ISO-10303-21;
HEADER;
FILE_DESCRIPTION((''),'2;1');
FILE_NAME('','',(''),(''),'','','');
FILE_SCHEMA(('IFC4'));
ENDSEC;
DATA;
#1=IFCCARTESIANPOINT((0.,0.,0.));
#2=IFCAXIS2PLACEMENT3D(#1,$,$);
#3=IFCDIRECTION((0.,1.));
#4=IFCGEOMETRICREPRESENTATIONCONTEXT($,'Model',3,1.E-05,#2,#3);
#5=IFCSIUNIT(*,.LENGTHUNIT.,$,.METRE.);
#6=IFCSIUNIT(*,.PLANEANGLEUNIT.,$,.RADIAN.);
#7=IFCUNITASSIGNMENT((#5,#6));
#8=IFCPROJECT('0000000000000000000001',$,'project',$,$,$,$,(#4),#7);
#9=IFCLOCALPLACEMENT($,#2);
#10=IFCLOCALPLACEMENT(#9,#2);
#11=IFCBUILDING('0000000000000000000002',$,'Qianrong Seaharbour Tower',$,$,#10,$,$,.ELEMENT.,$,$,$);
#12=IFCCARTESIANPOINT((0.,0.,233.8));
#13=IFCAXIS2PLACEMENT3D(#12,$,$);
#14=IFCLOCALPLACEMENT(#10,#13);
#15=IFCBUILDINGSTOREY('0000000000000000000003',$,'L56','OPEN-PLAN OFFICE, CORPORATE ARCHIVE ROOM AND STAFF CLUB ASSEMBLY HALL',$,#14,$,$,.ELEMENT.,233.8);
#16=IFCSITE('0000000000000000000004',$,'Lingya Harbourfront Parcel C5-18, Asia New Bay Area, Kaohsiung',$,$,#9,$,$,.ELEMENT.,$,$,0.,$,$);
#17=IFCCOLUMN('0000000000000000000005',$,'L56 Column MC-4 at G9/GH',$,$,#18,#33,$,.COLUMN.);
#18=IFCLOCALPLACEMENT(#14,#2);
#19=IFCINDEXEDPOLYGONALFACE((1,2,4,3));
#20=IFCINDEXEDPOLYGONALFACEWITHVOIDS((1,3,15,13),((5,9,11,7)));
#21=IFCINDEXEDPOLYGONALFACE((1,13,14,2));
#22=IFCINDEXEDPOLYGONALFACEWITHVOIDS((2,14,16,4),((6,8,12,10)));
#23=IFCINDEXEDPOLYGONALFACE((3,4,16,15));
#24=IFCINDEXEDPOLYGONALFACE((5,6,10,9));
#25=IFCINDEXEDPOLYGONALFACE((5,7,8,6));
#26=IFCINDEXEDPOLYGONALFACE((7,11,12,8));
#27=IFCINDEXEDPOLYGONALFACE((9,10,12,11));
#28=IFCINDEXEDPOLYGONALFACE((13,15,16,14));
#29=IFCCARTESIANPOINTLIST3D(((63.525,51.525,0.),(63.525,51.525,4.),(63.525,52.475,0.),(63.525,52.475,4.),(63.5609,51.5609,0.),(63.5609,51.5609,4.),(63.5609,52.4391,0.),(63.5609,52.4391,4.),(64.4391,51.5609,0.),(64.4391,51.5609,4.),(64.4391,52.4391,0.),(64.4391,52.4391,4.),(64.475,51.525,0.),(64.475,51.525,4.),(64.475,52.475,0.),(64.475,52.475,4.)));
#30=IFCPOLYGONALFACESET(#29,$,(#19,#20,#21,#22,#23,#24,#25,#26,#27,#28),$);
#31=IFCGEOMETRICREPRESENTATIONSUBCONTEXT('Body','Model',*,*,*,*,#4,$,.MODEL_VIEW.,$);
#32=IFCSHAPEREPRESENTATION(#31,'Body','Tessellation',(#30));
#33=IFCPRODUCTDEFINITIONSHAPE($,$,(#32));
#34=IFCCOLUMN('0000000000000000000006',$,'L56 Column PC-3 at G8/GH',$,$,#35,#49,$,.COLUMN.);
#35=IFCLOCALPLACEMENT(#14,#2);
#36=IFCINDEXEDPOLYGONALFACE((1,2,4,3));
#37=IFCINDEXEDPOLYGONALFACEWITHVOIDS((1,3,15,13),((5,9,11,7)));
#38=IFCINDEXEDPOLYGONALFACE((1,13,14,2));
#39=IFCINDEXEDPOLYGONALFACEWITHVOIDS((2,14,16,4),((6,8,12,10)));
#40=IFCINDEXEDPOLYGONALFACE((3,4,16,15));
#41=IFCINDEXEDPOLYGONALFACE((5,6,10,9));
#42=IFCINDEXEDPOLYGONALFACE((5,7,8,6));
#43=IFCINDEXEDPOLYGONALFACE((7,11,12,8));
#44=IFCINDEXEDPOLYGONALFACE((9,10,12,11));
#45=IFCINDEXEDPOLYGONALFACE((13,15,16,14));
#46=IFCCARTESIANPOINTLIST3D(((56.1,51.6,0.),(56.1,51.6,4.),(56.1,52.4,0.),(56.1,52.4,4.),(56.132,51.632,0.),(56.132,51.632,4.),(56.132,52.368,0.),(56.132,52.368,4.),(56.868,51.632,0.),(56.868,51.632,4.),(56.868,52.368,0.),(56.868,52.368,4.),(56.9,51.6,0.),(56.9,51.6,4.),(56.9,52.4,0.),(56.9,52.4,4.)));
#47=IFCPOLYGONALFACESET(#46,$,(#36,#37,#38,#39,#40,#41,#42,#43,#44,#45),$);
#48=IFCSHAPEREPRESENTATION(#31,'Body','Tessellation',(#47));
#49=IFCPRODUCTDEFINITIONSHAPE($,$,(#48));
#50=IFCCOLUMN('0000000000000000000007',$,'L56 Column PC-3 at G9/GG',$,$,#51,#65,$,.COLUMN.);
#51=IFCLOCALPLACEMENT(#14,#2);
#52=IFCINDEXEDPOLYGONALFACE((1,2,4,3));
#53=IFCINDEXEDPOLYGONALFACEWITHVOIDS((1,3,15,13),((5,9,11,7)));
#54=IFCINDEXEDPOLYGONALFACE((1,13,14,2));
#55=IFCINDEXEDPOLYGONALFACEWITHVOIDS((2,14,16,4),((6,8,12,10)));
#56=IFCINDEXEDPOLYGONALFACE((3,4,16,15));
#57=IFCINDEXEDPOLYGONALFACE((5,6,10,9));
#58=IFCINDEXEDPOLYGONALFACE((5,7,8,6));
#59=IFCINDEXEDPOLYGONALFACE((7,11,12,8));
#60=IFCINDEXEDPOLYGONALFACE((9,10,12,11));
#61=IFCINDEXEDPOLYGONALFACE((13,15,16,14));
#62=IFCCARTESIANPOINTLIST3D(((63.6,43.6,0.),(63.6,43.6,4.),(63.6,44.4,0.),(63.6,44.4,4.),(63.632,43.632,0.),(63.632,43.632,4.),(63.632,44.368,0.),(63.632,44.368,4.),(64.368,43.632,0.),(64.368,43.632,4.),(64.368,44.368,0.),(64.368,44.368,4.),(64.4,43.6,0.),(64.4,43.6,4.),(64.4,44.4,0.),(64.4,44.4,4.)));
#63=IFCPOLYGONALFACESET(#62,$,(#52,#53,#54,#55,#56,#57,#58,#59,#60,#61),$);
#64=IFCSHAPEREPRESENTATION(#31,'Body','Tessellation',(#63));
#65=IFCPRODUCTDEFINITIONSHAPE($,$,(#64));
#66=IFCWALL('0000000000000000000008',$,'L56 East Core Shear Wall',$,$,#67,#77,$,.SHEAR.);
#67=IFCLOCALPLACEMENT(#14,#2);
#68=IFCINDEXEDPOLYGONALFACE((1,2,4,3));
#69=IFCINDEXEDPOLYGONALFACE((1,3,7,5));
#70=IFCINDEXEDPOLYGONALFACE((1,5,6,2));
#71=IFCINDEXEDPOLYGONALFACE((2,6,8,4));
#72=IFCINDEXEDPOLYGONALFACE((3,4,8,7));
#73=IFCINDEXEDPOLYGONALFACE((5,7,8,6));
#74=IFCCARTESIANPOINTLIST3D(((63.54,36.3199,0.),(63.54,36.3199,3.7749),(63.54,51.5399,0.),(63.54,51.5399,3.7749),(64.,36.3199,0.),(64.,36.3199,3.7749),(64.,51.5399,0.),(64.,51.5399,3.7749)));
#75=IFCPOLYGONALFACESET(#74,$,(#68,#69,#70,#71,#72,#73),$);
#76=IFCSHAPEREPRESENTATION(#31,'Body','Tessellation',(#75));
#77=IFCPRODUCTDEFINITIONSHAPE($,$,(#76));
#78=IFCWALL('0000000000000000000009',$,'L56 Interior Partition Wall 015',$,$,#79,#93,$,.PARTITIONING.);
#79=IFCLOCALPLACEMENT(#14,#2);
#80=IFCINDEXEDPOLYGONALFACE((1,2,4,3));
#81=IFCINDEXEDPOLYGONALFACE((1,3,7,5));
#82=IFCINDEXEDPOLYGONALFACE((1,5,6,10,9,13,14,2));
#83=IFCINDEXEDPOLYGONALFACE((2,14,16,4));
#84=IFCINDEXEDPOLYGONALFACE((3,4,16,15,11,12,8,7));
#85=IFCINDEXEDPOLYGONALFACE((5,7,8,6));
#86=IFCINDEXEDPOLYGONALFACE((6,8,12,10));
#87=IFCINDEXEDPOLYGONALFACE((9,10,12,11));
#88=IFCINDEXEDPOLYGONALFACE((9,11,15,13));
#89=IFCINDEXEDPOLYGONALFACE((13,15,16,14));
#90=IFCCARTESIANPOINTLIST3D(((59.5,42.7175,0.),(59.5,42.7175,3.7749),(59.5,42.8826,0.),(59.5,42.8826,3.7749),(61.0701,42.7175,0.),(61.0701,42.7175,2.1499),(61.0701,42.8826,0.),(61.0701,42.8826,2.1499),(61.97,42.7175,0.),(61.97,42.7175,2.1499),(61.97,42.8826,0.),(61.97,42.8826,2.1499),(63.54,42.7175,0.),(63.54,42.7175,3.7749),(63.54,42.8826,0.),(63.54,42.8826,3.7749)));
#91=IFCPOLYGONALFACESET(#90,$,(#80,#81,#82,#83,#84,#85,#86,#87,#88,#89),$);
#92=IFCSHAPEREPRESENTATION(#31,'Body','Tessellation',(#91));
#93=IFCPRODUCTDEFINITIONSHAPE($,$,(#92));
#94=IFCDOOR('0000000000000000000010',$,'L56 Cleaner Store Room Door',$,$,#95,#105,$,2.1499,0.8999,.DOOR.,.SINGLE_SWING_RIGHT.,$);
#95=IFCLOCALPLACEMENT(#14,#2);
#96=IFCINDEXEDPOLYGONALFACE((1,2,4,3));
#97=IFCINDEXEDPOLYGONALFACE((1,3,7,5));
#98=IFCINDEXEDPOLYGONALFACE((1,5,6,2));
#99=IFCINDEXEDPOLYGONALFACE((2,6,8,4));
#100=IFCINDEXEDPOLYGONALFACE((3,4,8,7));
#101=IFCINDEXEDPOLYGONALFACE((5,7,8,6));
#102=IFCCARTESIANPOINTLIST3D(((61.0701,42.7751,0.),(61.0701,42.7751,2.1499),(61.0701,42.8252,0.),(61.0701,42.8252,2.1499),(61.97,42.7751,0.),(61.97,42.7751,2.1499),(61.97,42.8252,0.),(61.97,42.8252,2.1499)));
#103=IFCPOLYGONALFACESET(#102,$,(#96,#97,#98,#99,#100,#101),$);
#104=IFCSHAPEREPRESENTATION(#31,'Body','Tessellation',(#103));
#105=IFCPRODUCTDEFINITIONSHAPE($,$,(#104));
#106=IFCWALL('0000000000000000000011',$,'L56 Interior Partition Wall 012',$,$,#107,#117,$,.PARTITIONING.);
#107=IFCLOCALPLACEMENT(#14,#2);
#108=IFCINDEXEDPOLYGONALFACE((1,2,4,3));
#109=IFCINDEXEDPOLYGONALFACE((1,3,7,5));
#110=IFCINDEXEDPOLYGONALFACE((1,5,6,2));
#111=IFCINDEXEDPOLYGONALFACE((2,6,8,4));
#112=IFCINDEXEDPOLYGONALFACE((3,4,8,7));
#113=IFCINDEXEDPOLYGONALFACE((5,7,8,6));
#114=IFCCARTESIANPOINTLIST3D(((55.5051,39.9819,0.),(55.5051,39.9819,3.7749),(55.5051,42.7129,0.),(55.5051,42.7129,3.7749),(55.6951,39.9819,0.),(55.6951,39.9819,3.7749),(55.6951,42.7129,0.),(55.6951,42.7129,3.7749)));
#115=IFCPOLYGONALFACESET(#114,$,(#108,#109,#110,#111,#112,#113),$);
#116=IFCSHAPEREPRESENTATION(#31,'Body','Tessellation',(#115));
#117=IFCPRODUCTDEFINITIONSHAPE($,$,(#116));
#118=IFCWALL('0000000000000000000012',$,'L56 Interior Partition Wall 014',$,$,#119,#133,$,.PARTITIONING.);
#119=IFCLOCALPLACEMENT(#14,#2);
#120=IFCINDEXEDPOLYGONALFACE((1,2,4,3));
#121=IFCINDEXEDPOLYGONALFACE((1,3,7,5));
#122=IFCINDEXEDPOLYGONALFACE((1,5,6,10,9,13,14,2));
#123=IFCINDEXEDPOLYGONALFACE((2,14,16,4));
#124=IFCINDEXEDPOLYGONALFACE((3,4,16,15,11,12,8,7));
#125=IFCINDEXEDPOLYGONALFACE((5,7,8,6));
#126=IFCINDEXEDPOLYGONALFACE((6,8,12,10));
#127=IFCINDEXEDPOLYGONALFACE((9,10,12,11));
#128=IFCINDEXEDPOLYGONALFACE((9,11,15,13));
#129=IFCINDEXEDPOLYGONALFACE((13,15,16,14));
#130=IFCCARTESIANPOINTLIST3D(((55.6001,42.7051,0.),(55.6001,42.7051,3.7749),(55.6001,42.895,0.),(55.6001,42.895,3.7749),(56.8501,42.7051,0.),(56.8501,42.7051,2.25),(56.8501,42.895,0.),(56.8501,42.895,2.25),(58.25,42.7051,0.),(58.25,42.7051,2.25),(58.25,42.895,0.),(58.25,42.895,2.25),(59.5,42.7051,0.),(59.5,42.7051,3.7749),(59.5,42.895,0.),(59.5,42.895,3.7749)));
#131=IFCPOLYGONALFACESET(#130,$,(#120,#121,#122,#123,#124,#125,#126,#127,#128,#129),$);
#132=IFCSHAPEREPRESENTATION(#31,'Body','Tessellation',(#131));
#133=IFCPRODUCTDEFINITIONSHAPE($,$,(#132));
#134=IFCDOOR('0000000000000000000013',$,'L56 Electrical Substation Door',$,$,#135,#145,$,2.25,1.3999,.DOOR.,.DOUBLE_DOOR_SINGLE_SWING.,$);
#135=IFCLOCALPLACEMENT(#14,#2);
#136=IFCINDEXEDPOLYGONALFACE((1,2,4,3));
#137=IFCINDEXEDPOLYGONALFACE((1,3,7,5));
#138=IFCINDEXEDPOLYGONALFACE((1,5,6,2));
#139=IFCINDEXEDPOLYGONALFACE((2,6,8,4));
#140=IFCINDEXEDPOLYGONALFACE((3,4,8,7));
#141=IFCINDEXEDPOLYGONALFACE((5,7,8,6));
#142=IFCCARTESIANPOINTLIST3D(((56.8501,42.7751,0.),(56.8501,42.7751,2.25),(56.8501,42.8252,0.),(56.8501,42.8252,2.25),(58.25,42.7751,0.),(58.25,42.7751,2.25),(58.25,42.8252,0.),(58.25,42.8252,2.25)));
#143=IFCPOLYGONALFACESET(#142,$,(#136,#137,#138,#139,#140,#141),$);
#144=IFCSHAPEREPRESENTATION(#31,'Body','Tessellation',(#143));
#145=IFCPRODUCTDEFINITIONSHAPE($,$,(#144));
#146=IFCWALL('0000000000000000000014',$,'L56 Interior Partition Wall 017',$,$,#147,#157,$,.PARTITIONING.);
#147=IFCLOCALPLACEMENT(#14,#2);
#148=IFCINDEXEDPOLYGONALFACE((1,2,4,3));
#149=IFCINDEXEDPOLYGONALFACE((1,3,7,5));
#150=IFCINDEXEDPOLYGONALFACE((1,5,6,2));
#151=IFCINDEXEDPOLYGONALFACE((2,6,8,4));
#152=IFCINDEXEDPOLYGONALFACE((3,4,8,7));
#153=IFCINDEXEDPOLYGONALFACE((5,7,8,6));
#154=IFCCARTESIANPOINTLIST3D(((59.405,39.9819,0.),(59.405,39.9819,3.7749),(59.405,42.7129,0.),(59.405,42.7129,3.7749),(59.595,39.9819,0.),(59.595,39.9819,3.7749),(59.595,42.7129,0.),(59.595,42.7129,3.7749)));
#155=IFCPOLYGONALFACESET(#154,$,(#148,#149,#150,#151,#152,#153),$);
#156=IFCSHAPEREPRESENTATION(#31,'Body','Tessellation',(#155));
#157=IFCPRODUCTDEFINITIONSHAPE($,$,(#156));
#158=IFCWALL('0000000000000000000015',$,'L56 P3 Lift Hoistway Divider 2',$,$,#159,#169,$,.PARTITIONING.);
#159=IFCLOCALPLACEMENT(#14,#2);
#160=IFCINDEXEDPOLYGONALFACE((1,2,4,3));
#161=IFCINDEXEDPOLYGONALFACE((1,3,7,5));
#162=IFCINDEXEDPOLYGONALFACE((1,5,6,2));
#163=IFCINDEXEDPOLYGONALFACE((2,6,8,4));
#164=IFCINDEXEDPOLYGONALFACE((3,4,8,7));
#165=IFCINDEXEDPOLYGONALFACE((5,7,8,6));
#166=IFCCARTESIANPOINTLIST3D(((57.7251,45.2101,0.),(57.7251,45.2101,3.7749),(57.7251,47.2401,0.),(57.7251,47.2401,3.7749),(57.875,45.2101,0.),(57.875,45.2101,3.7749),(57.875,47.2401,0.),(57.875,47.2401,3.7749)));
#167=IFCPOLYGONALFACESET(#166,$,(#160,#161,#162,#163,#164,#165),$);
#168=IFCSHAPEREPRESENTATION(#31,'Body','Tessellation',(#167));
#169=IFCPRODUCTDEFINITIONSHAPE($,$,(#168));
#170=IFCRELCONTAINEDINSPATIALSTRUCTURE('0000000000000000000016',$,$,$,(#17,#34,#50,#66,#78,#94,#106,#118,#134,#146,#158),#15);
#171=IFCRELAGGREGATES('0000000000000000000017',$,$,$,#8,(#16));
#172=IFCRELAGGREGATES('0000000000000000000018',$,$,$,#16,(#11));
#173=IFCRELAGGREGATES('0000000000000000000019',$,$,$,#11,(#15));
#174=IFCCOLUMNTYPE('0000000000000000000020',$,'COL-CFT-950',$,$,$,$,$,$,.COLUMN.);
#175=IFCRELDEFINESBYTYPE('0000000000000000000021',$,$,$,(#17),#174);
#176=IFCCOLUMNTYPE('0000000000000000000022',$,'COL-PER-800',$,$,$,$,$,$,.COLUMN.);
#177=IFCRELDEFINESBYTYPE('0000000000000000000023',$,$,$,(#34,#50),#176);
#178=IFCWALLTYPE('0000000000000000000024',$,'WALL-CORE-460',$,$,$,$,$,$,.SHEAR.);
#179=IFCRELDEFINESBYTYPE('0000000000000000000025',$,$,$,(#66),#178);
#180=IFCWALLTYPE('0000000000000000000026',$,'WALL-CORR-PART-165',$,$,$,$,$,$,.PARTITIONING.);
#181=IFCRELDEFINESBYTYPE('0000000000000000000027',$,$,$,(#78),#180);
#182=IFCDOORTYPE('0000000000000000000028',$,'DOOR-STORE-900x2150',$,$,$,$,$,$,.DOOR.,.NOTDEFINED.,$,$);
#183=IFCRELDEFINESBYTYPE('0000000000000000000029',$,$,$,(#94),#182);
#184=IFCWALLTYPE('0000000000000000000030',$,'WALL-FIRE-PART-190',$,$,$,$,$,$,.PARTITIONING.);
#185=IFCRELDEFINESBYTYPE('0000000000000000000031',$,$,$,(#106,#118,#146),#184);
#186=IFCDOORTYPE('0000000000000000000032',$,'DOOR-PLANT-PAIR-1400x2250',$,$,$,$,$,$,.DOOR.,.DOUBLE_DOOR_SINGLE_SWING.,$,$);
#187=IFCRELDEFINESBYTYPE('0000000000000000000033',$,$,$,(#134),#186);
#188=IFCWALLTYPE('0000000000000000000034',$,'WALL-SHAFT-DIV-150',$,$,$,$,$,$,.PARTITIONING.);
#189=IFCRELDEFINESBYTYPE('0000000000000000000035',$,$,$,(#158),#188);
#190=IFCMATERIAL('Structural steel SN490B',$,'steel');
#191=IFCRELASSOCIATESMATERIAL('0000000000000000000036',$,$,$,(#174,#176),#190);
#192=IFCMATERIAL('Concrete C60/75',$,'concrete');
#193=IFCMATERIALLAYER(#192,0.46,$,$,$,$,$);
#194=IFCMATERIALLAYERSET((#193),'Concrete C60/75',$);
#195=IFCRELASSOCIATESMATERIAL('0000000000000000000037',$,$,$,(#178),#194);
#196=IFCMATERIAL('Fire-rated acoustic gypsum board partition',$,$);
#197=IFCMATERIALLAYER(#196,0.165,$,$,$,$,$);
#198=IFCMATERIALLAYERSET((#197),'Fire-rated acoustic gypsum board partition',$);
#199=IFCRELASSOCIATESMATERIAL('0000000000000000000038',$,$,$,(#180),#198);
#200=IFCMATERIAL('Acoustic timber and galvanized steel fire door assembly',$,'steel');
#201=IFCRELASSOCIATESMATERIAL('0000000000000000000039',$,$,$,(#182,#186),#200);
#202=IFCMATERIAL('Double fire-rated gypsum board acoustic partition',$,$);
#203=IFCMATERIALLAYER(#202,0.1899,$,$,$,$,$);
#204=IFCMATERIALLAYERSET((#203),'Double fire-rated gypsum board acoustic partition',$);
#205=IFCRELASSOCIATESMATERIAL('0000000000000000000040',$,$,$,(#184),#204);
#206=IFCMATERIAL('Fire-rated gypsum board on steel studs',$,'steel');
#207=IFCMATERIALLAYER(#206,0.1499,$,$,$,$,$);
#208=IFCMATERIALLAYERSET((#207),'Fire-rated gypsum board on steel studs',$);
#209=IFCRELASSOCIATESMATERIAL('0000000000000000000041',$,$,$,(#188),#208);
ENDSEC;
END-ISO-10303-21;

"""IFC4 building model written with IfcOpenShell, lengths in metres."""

from ifc_helpers import new_model, si_unit, direction, frame, frame_2d, origin, origin_2d, place, context, subcontext, project, spatial, rectangle, hollow_rectangle, extrude, material, layer, layer_set, material_profile, profile_set, type_object, element, fill, save


model = new_model("IFC4")

# Units and contexts
model_context = context("Model", 3, precision=1e-05, world=origin(), true_north=direction((0.0, 1.0)))
body_context = subcontext(model_context, "Body", "Model", "MODEL_VIEW")
ifc_project = project(units=[si_unit("LENGTHUNIT", "METRE"), si_unit("PLANEANGLEUNIT", "RADIAN")], contexts=[model_context])

# Site, building, storey
site_placement = place(None, origin())
site = spatial("IfcSite", under=ifc_project, at=site_placement, Name="Lingya Harbourfront Parcel C5-18, Asia New Bay Area, Kaohsiung", CompositionType="ELEMENT", RefElevation=0.0)
building_placement = place(site_placement, origin())
building = spatial("IfcBuilding", under=site, at=building_placement, Name="Qianrong Seaharbour Tower", CompositionType="ELEMENT")
storey_placement = place(building_placement, frame((0.0, 0.0, 233.8)))
storey = spatial("IfcBuildingStorey", under=building, at=storey_placement, Name="L56", Description="OPEN-PLAN OFFICE, CORPORATE ARCHIVE ROOM AND STAFF CLUB ASSEMBLY HALL", CompositionType="ELEMENT", Elevation=233.8)

# Columns
ifc_material_1 = material(Name="Structural steel SN490B", Category="steel")
ifc_material_profile_1 = material_profile(ifc_material_1, hollow_rectangle(XDim=0.95, YDim=0.95, WallThickness=0.0359, at=origin_2d()), Name="BOX950x950x36")
ifc_profile_set_1 = profile_set([ifc_material_profile_1], Name="Structural steel SN490B")
column_type_1 = type_object("IfcColumnType", Name="COL-CFT-950", PredefinedType="COLUMN", material=ifc_profile_set_1)
column_placement = place(storey_placement, frame((64.0, 52.0, 0.0), z_axis=(0.0, 0.0, 1.0), x_axis=(1.0, 0.0, 0.0)))
element("IfcColumn", 1, at=column_placement, inside=storey, type_object=column_type_1, Name="L56 Column MC-4 at G9/GH", PredefinedType="COLUMN", context=body_context, shape_type="SweptSolid", body=[
    extrude(hollow_rectangle(XDim=0.95, YDim=0.95, WallThickness=0.0359, at=origin_2d()), origin(), (0.0, 0.0, 1.0), 4.0),
])
ifc_material_profile_2 = material_profile(ifc_material_1, hollow_rectangle(XDim=0.8, YDim=0.8, WallThickness=0.032, at=origin_2d()), Name="BOX800x800x32")
ifc_profile_set_2 = profile_set([ifc_material_profile_2], Name="Structural steel SN490B")
column_type_2 = type_object("IfcColumnType", Name="COL-PER-800", PredefinedType="COLUMN", material=ifc_profile_set_2)
for number, where, z_axis, x_axis, name in (
    (2, (56.5, 52.0, 0.0), (0.0, 0.0, 1.0), (1.0, 0.0, 0.0), "L56 Column PC-3 at G8/GH"),
    (3, (64.0, 44.0, 0.0), (0.0, 0.0, 1.0), (1.0, 0.0, 0.0), "L56 Column PC-3 at G9/GG"),
):
    element("IfcColumn", number, at=place(storey_placement, frame(where, z_axis=z_axis, x_axis=x_axis)), inside=storey, type_object=column_type_2, Name=name, PredefinedType="COLUMN", context=body_context, shape_type="SweptSolid", body=[
        extrude(hollow_rectangle(XDim=0.8, YDim=0.8, WallThickness=0.032, at=origin_2d()), origin(), (0.0, 0.0, 1.0), 4.0),
    ])

# Wall
ifc_material_2 = material(Name="Concrete C60/75", Category="concrete")
ifc_layer_1 = layer(ifc_material_2, 0.46)
ifc_layer_set_1 = layer_set([ifc_layer_1], Name="Concrete C60/75")
wall_type_1 = type_object("IfcWallType", Name="WALL-CORE-460", PredefinedType="SHEAR", material=ifc_layer_set_1)
wall_1_placement = place(storey_placement, frame((63.77, 36.3201, 0.0), z_axis=(0.0, 0.0, 1.0), x_axis=(0.0, 1.0, 0.0)))
element("IfcWall", 4, at=wall_1_placement, inside=storey, type_object=wall_type_1, Name="L56 East Core Shear Wall", PredefinedType="SHEAR", context=body_context, shape_type="SweptSolid", body=[
    extrude(rectangle(XDim=15.22, YDim=0.46, at=frame_2d((7.6099, 0.0))), origin(), (0.0, 0.0, 1.0), 3.7749),
])

# Wall, opening, door
ifc_material_3 = material(Name="Fire-rated acoustic gypsum board partition")
ifc_layer_2 = layer(ifc_material_3, 0.165)
ifc_layer_set_2 = layer_set([ifc_layer_2], Name="Fire-rated acoustic gypsum board partition")
wall_type_2 = type_object("IfcWallType", Name="WALL-CORR-PART-165", PredefinedType="PARTITIONING", material=ifc_layer_set_2)
wall_2_placement = place(storey_placement, frame((63.54, 42.8, 0.0), z_axis=(0.0, 0.0, 1.0), x_axis=(-1.0, 0.0, 0.0)))
wall_2 = element("IfcWall", 5, at=wall_2_placement, inside=storey, type_object=wall_type_2, Name="L56 Interior Partition Wall 015", PredefinedType="PARTITIONING", context=body_context, shape_type="SweptSolid", body=[
    extrude(rectangle(XDim=4.04, YDim=0.165, at=frame_2d((2.02, 0.0))), origin(), (0.0, 0.0, 1.0), 3.7749),
])
opening_1_placement = place(wall_2_placement, frame((1.5701, 0.0, 0.0)))
opening_1 = element("IfcOpeningElement", 6, at=opening_1_placement, cuts=wall_2, PredefinedType="OPENING", context=body_context, shape_type="SweptSolid", body=[
    extrude(rectangle(XDim=0.8999, YDim=2.1499, at=frame_2d((0.45, 1.075))), frame((0.0, 0.0925, 0.0), z_axis=(0.0, -1.0, 0.0), x_axis=(1.0, 0.0, 0.0)), (0.0, 0.0, 1.0), 0.1851),
])
ifc_material_4 = material(Name="Acoustic timber and galvanized steel fire door assembly", Category="steel")
door_type_1 = type_object("IfcDoorType", Name="DOOR-STORE-900x2150", OperationType="NOTDEFINED", PredefinedType="DOOR", material=ifc_material_4)
door_1_placement = place(opening_1_placement, origin())
door_1 = element("IfcDoor", 7, at=door_1_placement, inside=storey, type_object=door_type_1, Name="L56 Cleaner Store Room Door", OperationType="SINGLE_SWING_RIGHT", OverallHeight=2.1499, OverallWidth=0.8999, PredefinedType="DOOR", context=body_context, shape_type="SweptSolid", body=[
    extrude(rectangle(XDim=0.8999, YDim=2.1499, at=frame_2d((0.45, 1.075))), frame((0.0, 0.0249, 0.0), z_axis=(0.0, -1.0, 0.0), x_axis=(1.0, 0.0, 0.0)), (0.0, 0.0, 1.0), 0.05),
])
fill(opening_1, door_1)

# Wall
ifc_material_5 = material(Name="Double fire-rated gypsum board acoustic partition")
ifc_layer_3 = layer(ifc_material_5, 0.1899)
ifc_layer_set_3 = layer_set([ifc_layer_3], Name="Double fire-rated gypsum board acoustic partition")
wall_type_3 = type_object("IfcWallType", Name="WALL-FIRE-PART-190", PredefinedType="PARTITIONING", material=ifc_layer_set_3)
wall_3_placement = place(storey_placement, frame((55.6001, 42.7129, 0.0), z_axis=(0.0, 0.0, 1.0), x_axis=(0.0, -1.0, 0.0)))
element("IfcWall", 8, at=wall_3_placement, inside=storey, type_object=wall_type_3, Name="L56 Interior Partition Wall 012", PredefinedType="PARTITIONING", context=body_context, shape_type="SweptSolid", body=[
    extrude(rectangle(XDim=2.731, YDim=0.1899, at=frame_2d((1.3655, 0.0))), origin(), (0.0, 0.0, 1.0), 3.7749),
])

# Wall, opening, door
wall_4_placement = place(storey_placement, frame((59.5, 42.8, 0.0), z_axis=(0.0, 0.0, 1.0), x_axis=(-1.0, 0.0, 0.0)))
wall_4 = element("IfcWall", 9, at=wall_4_placement, inside=storey, type_object=wall_type_3, Name="L56 Interior Partition Wall 014", PredefinedType="PARTITIONING", context=body_context, shape_type="SweptSolid", body=[
    extrude(rectangle(XDim=3.8999, YDim=0.1899, at=frame_2d((1.95, 0.0))), origin(), (0.0, 0.0, 1.0), 3.7749),
])
opening_2_placement = place(wall_4_placement, frame((1.25, 0.0, 0.0)))
opening_2 = element("IfcOpeningElement", 10, at=opening_2_placement, cuts=wall_4, PredefinedType="OPENING", context=body_context, shape_type="SweptSolid", body=[
    extrude(rectangle(XDim=1.3999, YDim=2.25, at=frame_2d((0.7, 1.125))), frame((0.0, 0.105, 0.0), z_axis=(0.0, -1.0, 0.0), x_axis=(1.0, 0.0, 0.0)), (0.0, 0.0, 1.0), 0.21),
])
door_type_2 = type_object("IfcDoorType", Name="DOOR-PLANT-PAIR-1400x2250", OperationType="DOUBLE_DOOR_SINGLE_SWING", PredefinedType="DOOR", material=ifc_material_4)
door_2_placement = place(opening_2_placement, origin())
door_2 = element("IfcDoor", 11, at=door_2_placement, inside=storey, type_object=door_type_2, Name="L56 Electrical Substation Door", OperationType="DOUBLE_DOOR_SINGLE_SWING", OverallHeight=2.25, OverallWidth=1.3999, PredefinedType="DOOR", context=body_context, shape_type="SweptSolid", body=[
    extrude(rectangle(XDim=1.3999, YDim=2.25, at=frame_2d((0.7, 1.125))), frame((0.0, 0.0249, 0.0), z_axis=(0.0, -1.0, 0.0), x_axis=(1.0, 0.0, 0.0)), (0.0, 0.0, 1.0), 0.05),
])
fill(opening_2, door_2)

# Walls
wall_5_placement = place(storey_placement, frame((59.5, 42.7129, 0.0), z_axis=(0.0, 0.0, 1.0), x_axis=(0.0, -1.0, 0.0)))
element("IfcWall", 12, at=wall_5_placement, inside=storey, type_object=wall_type_3, Name="L56 Interior Partition Wall 017", PredefinedType="PARTITIONING", context=body_context, shape_type="SweptSolid", body=[
    extrude(rectangle(XDim=2.731, YDim=0.1899, at=frame_2d((1.3655, 0.0))), origin(), (0.0, 0.0, 1.0), 3.7749),
])
ifc_material_6 = material(Name="Fire-rated gypsum board on steel studs", Category="steel")
ifc_layer_4 = layer(ifc_material_6, 0.1499)
ifc_layer_set_4 = layer_set([ifc_layer_4], Name="Fire-rated gypsum board on steel studs")
wall_type_4 = type_object("IfcWallType", Name="WALL-SHAFT-DIV-150", PredefinedType="PARTITIONING", material=ifc_layer_set_4)
for number, where, z_axis, x_axis, name in (
    (13, (57.8, 45.21, 0.0), (0.0, 0.0, 1.0), (0.0, 1.0, 0.0), "L56 P3 Lift Hoistway Divider 2"),
):
    element("IfcWall", number, at=place(storey_placement, frame(where, z_axis=z_axis, x_axis=x_axis)), inside=storey, type_object=wall_type_4, Name=name, PredefinedType="PARTITIONING", context=body_context, shape_type="SweptSolid", body=[
        extrude(rectangle(XDim=2.03, YDim=0.1499, at=frame_2d((1.0151, 0.0))), origin(), (0.0, 0.0, 1.0), 3.7749),
    ])

save(model, "model.ifc")
